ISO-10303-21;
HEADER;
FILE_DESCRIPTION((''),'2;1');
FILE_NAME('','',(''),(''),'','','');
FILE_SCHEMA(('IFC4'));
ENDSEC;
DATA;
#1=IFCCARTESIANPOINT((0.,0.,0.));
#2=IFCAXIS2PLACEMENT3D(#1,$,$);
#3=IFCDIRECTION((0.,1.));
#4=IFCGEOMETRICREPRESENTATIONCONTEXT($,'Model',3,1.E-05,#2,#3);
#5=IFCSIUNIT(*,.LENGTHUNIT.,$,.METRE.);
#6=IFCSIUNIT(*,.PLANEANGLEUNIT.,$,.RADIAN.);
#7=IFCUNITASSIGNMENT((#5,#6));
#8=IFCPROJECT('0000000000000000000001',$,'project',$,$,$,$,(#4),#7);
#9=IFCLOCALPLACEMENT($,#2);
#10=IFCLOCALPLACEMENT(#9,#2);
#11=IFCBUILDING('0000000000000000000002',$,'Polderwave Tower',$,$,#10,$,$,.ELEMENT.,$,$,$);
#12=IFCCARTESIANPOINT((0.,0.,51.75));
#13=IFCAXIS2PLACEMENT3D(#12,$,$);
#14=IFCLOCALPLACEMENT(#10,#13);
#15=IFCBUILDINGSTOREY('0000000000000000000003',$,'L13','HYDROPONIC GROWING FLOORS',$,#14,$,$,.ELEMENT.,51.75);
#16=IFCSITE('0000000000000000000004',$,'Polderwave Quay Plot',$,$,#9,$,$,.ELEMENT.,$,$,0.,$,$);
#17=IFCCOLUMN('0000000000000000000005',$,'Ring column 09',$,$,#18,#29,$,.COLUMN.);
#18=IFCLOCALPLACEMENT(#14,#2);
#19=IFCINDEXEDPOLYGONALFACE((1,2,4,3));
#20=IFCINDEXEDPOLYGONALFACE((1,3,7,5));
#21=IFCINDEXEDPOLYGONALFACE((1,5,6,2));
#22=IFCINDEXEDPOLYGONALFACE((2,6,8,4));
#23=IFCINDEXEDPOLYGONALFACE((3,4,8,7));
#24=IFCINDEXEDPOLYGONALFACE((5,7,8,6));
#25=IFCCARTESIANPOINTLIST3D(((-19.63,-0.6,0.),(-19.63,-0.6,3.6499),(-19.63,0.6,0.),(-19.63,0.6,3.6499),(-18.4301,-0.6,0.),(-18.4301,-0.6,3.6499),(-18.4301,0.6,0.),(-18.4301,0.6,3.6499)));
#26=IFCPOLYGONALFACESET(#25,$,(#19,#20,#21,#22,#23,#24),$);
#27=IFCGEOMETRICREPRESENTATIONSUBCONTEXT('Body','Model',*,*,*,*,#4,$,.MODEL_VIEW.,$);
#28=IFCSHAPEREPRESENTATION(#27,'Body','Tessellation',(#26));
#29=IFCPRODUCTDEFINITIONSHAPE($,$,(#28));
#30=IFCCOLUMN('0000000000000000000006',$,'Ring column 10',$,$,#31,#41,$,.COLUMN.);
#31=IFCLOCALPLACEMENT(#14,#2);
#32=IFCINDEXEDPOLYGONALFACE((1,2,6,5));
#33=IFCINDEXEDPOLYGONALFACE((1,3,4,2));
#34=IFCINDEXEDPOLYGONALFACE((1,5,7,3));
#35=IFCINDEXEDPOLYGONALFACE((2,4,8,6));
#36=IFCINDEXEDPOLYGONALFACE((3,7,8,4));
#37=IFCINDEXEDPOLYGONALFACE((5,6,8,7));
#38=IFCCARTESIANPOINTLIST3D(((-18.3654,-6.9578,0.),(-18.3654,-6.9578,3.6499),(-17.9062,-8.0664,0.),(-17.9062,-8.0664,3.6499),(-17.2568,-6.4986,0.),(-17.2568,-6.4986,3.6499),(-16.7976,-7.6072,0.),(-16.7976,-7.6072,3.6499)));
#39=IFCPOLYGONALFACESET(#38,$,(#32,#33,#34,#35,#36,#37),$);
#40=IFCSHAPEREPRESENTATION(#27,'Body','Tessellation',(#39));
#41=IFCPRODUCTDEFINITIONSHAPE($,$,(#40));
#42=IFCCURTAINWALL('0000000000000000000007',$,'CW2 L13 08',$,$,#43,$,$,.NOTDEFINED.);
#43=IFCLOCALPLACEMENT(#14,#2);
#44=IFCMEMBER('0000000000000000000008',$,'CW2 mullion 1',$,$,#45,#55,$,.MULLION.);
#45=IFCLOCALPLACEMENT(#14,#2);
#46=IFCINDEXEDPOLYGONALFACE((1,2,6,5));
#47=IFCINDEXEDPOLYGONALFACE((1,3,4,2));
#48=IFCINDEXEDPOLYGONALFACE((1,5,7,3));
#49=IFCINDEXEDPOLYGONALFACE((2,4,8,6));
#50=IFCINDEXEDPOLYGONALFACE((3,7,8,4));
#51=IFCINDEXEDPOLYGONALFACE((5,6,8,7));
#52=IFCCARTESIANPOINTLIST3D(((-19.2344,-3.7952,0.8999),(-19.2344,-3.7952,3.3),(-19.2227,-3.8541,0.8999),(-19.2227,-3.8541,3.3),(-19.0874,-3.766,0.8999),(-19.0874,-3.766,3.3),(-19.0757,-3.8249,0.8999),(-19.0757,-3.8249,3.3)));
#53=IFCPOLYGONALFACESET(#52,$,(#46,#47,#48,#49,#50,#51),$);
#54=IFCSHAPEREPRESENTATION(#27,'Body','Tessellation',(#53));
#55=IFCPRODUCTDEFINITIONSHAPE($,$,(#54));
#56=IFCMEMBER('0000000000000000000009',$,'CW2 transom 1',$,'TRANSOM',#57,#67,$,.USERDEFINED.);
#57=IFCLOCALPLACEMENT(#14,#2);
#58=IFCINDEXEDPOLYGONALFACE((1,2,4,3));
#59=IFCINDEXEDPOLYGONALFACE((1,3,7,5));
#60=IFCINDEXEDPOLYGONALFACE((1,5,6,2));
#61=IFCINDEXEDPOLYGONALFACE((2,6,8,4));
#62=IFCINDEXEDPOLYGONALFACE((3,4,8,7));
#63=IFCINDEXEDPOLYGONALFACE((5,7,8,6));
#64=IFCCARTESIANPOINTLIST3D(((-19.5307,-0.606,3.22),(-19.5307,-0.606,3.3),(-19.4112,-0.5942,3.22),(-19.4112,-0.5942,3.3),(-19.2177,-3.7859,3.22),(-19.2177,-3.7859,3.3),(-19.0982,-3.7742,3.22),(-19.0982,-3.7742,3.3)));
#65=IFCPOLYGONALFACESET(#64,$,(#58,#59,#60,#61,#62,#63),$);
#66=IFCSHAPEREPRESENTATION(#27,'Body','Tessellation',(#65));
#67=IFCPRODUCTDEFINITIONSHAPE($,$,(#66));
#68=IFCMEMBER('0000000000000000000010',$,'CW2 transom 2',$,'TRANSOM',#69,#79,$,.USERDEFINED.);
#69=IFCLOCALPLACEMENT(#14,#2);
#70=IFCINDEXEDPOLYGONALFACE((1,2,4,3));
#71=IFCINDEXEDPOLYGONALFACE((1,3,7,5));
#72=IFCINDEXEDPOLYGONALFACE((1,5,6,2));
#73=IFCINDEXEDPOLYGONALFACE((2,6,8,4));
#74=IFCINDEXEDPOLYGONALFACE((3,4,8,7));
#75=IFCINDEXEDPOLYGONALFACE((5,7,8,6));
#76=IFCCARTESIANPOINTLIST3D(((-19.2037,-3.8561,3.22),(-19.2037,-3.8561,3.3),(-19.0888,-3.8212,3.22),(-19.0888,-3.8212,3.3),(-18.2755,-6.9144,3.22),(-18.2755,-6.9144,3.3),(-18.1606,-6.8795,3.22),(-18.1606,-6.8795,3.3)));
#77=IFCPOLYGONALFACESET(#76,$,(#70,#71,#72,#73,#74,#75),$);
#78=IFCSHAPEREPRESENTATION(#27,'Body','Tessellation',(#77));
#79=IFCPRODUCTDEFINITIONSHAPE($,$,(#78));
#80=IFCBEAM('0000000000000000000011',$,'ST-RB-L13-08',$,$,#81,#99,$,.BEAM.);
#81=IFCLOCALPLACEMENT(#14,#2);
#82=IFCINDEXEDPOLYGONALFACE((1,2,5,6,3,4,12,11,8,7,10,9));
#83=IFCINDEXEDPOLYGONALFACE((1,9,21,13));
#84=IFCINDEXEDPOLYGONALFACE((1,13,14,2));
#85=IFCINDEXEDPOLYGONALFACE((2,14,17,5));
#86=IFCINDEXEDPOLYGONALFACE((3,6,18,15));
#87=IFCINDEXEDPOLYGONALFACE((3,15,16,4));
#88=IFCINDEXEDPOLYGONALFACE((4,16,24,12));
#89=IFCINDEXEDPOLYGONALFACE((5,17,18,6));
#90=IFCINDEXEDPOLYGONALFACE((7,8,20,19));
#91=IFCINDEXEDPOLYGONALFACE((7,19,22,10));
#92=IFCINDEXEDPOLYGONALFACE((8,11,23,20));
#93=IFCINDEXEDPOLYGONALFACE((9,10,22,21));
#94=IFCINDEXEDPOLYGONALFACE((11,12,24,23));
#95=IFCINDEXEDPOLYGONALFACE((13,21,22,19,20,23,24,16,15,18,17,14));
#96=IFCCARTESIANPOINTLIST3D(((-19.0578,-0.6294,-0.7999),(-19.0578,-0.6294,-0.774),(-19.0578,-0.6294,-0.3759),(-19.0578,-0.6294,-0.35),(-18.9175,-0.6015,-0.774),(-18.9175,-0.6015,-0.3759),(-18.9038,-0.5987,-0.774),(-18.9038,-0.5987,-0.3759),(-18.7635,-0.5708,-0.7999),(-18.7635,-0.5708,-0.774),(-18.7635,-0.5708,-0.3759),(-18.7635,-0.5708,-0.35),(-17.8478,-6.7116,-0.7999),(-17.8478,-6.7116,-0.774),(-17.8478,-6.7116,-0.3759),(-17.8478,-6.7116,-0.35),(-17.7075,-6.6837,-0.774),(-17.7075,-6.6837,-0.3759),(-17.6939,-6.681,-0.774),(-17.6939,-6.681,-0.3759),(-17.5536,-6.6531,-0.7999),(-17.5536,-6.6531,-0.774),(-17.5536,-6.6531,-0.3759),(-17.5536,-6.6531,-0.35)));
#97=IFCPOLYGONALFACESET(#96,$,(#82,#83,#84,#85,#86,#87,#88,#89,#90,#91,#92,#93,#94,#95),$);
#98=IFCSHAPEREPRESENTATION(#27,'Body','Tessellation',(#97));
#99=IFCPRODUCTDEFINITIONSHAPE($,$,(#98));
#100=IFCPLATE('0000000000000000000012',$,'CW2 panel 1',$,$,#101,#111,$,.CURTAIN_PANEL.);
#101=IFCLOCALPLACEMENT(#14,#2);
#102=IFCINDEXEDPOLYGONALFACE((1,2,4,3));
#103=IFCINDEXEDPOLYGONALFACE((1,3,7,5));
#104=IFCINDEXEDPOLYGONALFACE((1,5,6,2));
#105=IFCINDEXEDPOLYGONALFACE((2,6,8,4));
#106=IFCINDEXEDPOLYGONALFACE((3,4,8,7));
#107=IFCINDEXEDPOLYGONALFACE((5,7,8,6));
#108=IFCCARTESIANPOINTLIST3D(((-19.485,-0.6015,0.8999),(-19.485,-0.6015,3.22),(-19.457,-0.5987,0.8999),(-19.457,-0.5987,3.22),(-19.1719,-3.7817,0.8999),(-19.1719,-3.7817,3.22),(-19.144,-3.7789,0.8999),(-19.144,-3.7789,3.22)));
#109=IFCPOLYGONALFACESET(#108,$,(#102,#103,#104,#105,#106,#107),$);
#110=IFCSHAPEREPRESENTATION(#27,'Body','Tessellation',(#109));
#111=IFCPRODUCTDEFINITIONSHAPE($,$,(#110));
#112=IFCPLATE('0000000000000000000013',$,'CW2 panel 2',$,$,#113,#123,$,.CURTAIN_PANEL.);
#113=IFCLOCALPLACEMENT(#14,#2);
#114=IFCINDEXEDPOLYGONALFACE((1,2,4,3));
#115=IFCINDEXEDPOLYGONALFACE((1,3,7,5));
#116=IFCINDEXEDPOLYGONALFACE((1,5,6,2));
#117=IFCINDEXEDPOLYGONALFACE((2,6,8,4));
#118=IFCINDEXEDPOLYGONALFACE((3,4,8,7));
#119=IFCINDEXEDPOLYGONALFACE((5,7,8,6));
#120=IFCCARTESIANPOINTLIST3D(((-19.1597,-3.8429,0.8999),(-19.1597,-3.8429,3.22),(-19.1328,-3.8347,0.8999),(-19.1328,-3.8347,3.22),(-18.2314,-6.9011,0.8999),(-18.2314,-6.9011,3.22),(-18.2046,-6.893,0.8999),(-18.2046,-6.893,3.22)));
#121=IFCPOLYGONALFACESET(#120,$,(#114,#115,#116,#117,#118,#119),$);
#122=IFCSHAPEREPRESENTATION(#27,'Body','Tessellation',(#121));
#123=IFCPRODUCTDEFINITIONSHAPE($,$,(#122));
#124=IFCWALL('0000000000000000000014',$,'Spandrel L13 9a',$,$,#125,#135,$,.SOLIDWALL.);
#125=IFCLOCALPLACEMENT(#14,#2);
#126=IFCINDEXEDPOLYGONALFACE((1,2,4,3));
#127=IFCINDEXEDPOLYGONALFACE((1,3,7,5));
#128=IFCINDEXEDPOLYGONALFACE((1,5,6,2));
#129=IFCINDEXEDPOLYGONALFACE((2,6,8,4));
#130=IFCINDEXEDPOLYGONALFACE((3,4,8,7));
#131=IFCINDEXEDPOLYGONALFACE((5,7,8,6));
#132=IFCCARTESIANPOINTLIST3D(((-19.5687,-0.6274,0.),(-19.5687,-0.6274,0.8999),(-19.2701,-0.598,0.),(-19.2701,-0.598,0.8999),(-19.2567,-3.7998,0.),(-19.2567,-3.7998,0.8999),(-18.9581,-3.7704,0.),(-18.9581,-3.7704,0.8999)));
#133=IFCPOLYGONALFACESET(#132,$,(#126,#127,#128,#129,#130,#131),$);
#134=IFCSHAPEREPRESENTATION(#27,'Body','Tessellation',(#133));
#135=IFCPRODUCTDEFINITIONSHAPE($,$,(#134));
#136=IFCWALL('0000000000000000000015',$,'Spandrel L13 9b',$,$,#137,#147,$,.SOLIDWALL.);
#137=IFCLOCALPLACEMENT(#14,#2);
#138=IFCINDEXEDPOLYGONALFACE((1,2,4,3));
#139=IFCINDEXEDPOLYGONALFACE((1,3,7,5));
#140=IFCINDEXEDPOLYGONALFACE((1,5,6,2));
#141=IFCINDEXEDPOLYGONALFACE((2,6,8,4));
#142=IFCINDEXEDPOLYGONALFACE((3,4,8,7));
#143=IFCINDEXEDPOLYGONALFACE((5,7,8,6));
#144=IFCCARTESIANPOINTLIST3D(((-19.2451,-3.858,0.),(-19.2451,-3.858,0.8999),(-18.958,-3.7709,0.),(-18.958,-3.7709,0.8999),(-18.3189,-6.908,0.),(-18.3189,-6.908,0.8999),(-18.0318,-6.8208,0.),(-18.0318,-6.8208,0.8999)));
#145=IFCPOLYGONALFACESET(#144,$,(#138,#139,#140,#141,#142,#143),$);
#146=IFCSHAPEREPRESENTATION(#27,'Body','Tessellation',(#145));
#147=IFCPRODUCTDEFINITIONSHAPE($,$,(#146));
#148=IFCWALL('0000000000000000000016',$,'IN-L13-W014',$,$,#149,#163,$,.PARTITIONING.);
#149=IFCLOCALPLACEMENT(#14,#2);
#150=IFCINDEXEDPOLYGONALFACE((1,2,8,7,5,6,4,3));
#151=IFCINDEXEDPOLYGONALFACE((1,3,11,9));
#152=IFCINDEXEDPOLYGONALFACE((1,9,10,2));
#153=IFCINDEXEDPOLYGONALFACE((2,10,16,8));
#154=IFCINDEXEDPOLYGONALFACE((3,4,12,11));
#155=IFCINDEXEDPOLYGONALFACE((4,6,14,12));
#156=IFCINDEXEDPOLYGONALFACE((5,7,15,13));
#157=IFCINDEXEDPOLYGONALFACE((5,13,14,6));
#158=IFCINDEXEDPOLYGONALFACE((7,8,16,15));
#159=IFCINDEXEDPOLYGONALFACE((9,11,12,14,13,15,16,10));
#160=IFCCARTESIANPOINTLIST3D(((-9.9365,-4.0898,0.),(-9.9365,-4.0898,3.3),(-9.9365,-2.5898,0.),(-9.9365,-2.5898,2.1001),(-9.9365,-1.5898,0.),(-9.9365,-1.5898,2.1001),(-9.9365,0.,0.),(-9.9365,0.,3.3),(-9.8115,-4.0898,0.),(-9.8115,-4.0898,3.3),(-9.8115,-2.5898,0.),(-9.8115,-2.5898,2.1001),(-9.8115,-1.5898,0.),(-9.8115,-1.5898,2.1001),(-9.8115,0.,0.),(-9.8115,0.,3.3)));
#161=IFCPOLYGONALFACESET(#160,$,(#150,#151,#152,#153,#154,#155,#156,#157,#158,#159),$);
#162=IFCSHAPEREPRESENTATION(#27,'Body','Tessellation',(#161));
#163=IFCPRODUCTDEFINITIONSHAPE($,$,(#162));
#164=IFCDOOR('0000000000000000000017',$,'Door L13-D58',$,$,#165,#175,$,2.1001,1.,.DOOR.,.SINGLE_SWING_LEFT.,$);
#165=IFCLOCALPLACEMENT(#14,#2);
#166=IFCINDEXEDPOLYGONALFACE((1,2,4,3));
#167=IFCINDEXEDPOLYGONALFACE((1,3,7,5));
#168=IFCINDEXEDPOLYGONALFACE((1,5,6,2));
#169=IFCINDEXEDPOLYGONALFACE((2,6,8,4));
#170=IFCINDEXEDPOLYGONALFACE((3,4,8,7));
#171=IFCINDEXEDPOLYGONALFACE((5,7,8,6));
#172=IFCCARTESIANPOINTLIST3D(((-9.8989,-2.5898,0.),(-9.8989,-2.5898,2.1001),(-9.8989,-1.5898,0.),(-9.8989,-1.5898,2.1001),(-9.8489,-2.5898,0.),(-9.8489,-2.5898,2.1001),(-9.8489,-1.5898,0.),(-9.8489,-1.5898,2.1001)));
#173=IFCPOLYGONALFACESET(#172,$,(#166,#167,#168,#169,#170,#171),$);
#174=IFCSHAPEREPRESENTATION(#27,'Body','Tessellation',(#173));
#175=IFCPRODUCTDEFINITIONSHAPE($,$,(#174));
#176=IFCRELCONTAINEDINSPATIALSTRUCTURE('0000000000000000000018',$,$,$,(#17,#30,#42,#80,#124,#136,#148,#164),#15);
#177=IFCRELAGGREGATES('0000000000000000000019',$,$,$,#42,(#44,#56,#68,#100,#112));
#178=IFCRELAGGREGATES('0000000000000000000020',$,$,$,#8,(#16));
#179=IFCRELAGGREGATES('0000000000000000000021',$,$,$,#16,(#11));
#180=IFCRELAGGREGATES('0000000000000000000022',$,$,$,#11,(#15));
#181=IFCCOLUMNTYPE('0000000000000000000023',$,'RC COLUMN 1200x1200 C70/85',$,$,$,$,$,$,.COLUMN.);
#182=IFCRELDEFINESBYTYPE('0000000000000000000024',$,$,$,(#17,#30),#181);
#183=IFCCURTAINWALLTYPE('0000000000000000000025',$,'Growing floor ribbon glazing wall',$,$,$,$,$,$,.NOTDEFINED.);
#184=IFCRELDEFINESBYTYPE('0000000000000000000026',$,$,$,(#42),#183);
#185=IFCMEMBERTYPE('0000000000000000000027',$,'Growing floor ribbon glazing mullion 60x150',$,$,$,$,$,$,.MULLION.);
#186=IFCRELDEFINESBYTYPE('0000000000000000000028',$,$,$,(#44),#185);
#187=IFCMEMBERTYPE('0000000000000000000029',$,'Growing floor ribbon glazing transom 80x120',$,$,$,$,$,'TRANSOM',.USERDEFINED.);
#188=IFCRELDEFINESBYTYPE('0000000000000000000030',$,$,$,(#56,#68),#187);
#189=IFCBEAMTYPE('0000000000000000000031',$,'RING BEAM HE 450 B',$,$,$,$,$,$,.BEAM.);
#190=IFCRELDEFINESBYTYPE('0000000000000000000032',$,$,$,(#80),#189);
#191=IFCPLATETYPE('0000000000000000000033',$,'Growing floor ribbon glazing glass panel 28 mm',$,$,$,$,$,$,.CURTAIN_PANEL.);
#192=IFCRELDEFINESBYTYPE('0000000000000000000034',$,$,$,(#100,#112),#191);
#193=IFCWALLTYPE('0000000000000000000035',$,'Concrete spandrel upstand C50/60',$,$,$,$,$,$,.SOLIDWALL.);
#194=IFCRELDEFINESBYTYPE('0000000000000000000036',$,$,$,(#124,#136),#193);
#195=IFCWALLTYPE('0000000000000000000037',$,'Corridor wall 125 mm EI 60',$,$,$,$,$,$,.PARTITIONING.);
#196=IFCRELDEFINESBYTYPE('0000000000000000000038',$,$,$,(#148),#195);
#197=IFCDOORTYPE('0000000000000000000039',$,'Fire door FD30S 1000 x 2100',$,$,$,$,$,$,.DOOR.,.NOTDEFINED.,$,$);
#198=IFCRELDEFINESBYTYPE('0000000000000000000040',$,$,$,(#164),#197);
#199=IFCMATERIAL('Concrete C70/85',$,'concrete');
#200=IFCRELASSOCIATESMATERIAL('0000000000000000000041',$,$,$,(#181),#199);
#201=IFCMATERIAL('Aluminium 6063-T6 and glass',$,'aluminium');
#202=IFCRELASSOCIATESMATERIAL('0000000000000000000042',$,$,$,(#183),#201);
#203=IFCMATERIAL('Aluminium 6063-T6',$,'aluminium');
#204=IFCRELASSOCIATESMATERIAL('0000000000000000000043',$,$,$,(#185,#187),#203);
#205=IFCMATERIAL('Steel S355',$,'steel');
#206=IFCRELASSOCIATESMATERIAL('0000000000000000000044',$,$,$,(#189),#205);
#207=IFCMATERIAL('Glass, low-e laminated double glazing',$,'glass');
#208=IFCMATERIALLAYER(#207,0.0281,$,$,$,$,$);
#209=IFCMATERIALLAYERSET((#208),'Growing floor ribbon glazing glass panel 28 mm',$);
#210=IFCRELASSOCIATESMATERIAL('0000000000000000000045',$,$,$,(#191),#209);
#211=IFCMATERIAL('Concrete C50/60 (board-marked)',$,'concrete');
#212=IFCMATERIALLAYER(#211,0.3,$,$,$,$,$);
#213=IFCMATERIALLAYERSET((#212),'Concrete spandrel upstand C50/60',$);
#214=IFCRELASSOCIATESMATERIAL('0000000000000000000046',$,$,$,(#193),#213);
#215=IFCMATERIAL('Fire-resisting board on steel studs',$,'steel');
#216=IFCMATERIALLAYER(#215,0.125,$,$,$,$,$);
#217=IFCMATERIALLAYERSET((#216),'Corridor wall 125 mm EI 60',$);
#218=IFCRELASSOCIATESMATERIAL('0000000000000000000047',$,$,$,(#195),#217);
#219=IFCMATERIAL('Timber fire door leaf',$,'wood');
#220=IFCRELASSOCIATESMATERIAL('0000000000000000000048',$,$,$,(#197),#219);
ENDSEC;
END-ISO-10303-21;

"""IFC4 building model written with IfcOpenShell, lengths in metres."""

from ifc_helpers import new_model, si_unit, direction, frame, frame_2d, origin, origin_2d, place, context, subcontext, project, spatial, rectangle, i_section, extrude, material, layer, layer_set, material_profile, profile_set, type_object, element, fill, aggregate, save


model = new_model("IFC4")

# Units and contexts
model_context = context("Model", 3, precision=1e-05, world=origin(), true_north=direction((0.0, 1.0)))
body_context = subcontext(model_context, "Body", "Model", "MODEL_VIEW")
ifc_project = project(units=[si_unit("LENGTHUNIT", "METRE"), si_unit("PLANEANGLEUNIT", "RADIAN")], contexts=[model_context])

# Site, building, storey
site_placement = place(None, origin())
site = spatial("IfcSite", under=ifc_project, at=site_placement, Name="Polderwave Quay Plot", CompositionType="ELEMENT", RefElevation=0.0)
building_placement = place(site_placement, origin())
building = spatial("IfcBuilding", under=site, at=building_placement, Name="Polderwave Tower", CompositionType="ELEMENT")
storey_placement = place(building_placement, frame((0.0, 0.0, 51.75)))
storey = spatial("IfcBuildingStorey", under=building, at=storey_placement, Name="L13", Description="HYDROPONIC GROWING FLOORS", CompositionType="ELEMENT", Elevation=51.75)

# Columns
ifc_material_1 = material(Name="Concrete C70/85", Category="concrete")
ifc_material_profile_1 = material_profile(ifc_material_1, rectangle(XDim=1.2, YDim=1.2, at=origin_2d()), Name="RC 1200x1200")
ifc_profile_set_1 = profile_set([ifc_material_profile_1], Name="Concrete C70/85")
column_type = type_object("IfcColumnType", Name="RC COLUMN 1200x1200 C70/85", PredefinedType="COLUMN", material=ifc_profile_set_1)
for number, where, z_axis, x_axis, name in (
    (1, (-19.03, 0.0, 0.0), (0.0, 0.0, 1.0), (-1.0, 0.0, 0.0), "Ring column 09"),
    (2, (-17.5815, -7.2825, 0.0), (0.0, 0.0, 1.0), (-0.92388, -0.382683, 0.0), "Ring column 10"),
):
    element("IfcColumn", number, at=place(storey_placement, frame(where, z_axis=z_axis, x_axis=x_axis)), inside=storey, type_object=column_type, Name=name, PredefinedType="COLUMN", context=body_context, shape_type="SweptSolid", body=[
        extrude(rectangle(XDim=1.2, YDim=1.2, at=origin_2d()), origin(), (0.0, 0.0, 1.0), 3.6499),
    ])

# Curtain wall, members
ifc_material_2 = material(Name="Aluminium 6063-T6 and glass", Category="aluminium")
curtain_wall_type = type_object("IfcCurtainWallType", Name="Growing floor ribbon glazing wall", PredefinedType="NOTDEFINED", material=ifc_material_2)
curtain_wall_placement = place(storey_placement, origin())
curtain_wall = element("IfcCurtainWall", 3, at=curtain_wall_placement, inside=storey, type_object=curtain_wall_type, Name="CW2 L13 08", PredefinedType="NOTDEFINED")
ifc_material_3 = material(Name="Aluminium 6063-T6", Category="aluminium")
ifc_material_profile_2 = material_profile(ifc_material_3, rectangle(XDim=0.1499, YDim=0.0601, at=origin_2d()), Name="AL 60x150")
ifc_profile_set_2 = profile_set([ifc_material_profile_2], Name="Aluminium 6063-T6")
member_type_1 = type_object("IfcMemberType", Name="Growing floor ribbon glazing mullion 60x150", PredefinedType="MULLION", material=ifc_profile_set_2)
member_1_placement = place(storey_placement, frame((-19.155, -3.8101, 0.8999), z_axis=(0.0, 0.0, 1.0), x_axis=(0.980774, 0.195149, 0.0)))
member_1 = element("IfcMember", 4, at=member_1_placement, type_object=member_type_1, Name="CW2 mullion 1", PredefinedType="MULLION", context=body_context, shape_type="SweptSolid", body=[
    extrude(rectangle(XDim=0.1499, YDim=0.0601, at=origin_2d()), origin(), (0.0, 0.0, 1.0), 2.4001),
])
ifc_material_profile_3 = material_profile(ifc_material_3, rectangle(XDim=0.1201, YDim=0.0801, at=origin_2d()), Name="AL 80x120")
ifc_profile_set_3 = profile_set([ifc_material_profile_3], Name="Aluminium 6063-T6")
member_type_2 = type_object("IfcMemberType", Name="Growing floor ribbon glazing transom 80x120", ElementType="TRANSOM", PredefinedType="USERDEFINED", material=ifc_profile_set_3)
member_2_placement = place(storey_placement, frame((-19.4709, -0.6001, 3.26), z_axis=(0.097953, -0.995191, 0.0), x_axis=(0.995191, 0.097953, 0.0)))
member_2 = element("IfcMember", 5, at=member_2_placement, type_object=member_type_2, Name="CW2 transom 1", ObjectType="TRANSOM", PredefinedType="USERDEFINED", context=body_context, shape_type="SweptSolid", body=[
    extrude(rectangle(XDim=0.1201, YDim=0.0801, at=origin_2d()), origin(), (0.0, 0.0, 1.0), 3.1953),
])
member_3_placement = place(storey_placement, frame((-19.1462, -3.8386, 3.26), z_axis=(0.290423, -0.956898, 0.0), x_axis=(0.956898, 0.290423, 0.0)))
member_3 = element("IfcMember", 6, at=member_3_placement, type_object=member_type_2, Name="CW2 transom 2", ObjectType="TRANSOM", PredefinedType="USERDEFINED", context=body_context, shape_type="SweptSolid", body=[
    extrude(rectangle(XDim=0.1201, YDim=0.0801, at=origin_2d()), origin(), (0.0, 0.0, 1.0), 3.196),
])

# Beam
ifc_material_4 = material(Name="Steel S355", Category="steel")
ifc_material_profile_4 = material_profile(ifc_material_4, i_section(OverallWidth=0.3, OverallDepth=0.45, WebThickness=0.0139, FlangeThickness=0.0259, at=origin_2d()), Name="HE 450 B")
ifc_profile_set_4 = profile_set([ifc_material_profile_4], Name="Steel S355")
beam_type = type_object("IfcBeamType", Name="RING BEAM HE 450 B", PredefinedType="BEAM", material=ifc_profile_set_4)
beam_placement = place(storey_placement, frame((-18.9106, -0.6001, -0.575), z_axis=(0.195109, -0.980782, 0.0), x_axis=(0.980782, 0.195109, 0.0)))
element("IfcBeam", 7, at=beam_placement, inside=storey, type_object=beam_type, Name="ST-RB-L13-08", PredefinedType="BEAM", context=body_context, shape_type="SweptSolid", body=[
    extrude(i_section(OverallWidth=0.3, OverallDepth=0.45, WebThickness=0.0139, FlangeThickness=0.0259, at=origin_2d()), origin(), (0.0, 0.0, 1.0), 6.2014),
])

# Plates
ifc_material_5 = material(Name="Glass, low-e laminated double glazing", Category="glass")
ifc_layer_1 = layer(ifc_material_5, 0.0281)
ifc_layer_set_1 = layer_set([ifc_layer_1], Name="Growing floor ribbon glazing glass panel 28 mm")
plate_type = type_object("IfcPlateType", Name="Growing floor ribbon glazing glass panel 28 mm", PredefinedType="CURTAIN_PANEL", material=ifc_layer_set_1)
plate_1_placement = place(storey_placement, frame((-19.3145, -2.1902, 0.8999), z_axis=(0.0, 0.0, 1.0), x_axis=(0.097969, -0.99519, 0.0)))
plate_1 = element("IfcPlate", 8, at=plate_1_placement, type_object=plate_type, Name="CW2 panel 1", PredefinedType="CURTAIN_PANEL", context=body_context, shape_type="SweptSolid", body=[
    extrude(rectangle(XDim=3.1956, YDim=0.0281, at=origin_2d()), origin(), (0.0, 0.0, 1.0), 2.3201),
])
plate_2_placement = place(storey_placement, frame((-18.6821, -5.3679, 0.8999), z_axis=(0.0, 0.0, 1.0), x_axis=(0.290447, -0.956891, 0.0)))
plate_2 = element("IfcPlate", 9, at=plate_2_placement, type_object=plate_type, Name="CW2 panel 2", PredefinedType="CURTAIN_PANEL", context=body_context, shape_type="SweptSolid", body=[
    extrude(rectangle(XDim=3.196, YDim=0.0281, at=origin_2d()), origin(), (0.0, 0.0, 1.0), 2.3201),
])
aggregate(curtain_wall, [member_1, member_2, member_3, plate_1, plate_2])

# Walls
ifc_material_6 = material(Name="Concrete C50/60 (board-marked)", Category="concrete")
ifc_layer_2 = layer(ifc_material_6, 0.3)
ifc_layer_set_2 = layer_set([ifc_layer_2], Name="Concrete spandrel upstand C50/60")
wall_type_1 = type_object("IfcWallType", Name="Concrete spandrel upstand C50/60", PredefinedType="SOLIDWALL", material=ifc_layer_set_2)
wall_1_placement = place(storey_placement, frame((-19.4194, -0.6128, 0.0), z_axis=(0.0, 0.0, 1.0), x_axis=(0.097881, -0.995198, 0.0)))
element("IfcWall", 10, at=wall_1_placement, inside=storey, type_object=wall_type_1, Name="Spandrel L13 9a", PredefinedType="SOLIDWALL", context=body_context, shape_type="SweptSolid", body=[
    extrude(rectangle(XDim=3.1877, YDim=0.3, at=frame_2d((1.5938, 0.0))), origin(), (0.0, 0.0, 1.0), 0.8999),
])
wall_2_placement = place(storey_placement, frame((-19.1016, -3.8145, 0.0), z_axis=(0.0, 0.0, 1.0), x_axis=(0.290586, -0.956849, 0.0)))
element("IfcWall", 11, at=wall_2_placement, inside=storey, type_object=wall_type_1, Name="Spandrel L13 9b", PredefinedType="SOLIDWALL", context=body_context, shape_type="SweptSolid", body=[
    extrude(rectangle(XDim=3.1875, YDim=0.3, at=frame_2d((1.5938, 0.0))), origin(), (0.0, 0.0, 1.0), 0.8999),
])

# Wall, opening, door
ifc_material_7 = material(Name="Fire-resisting board on steel studs", Category="steel")
ifc_layer_3 = layer(ifc_material_7, 0.125)
ifc_layer_set_3 = layer_set([ifc_layer_3], Name="Corridor wall 125 mm EI 60")
wall_type_2 = type_object("IfcWallType", Name="Corridor wall 125 mm EI 60", PredefinedType="PARTITIONING", material=ifc_layer_set_3)
wall_3_placement = place(storey_placement, frame((-9.874, -4.0898, 0.0), z_axis=(0.0, 0.0, 1.0), x_axis=(0.0, 1.0, 0.0)))
wall_3 = element("IfcWall", 12, at=wall_3_placement, inside=storey, type_object=wall_type_2, Name="IN-L13-W014", PredefinedType="PARTITIONING", context=body_context, shape_type="SweptSolid", body=[
    extrude(rectangle(XDim=4.0898, YDim=0.125, at=frame_2d((2.0449, 0.0))), origin(), (0.0, 0.0, 1.0), 3.3),
])
opening_1_placement = place(wall_3_placement, frame((1.5, 0.0, 0.0)))
opening_1 = element("IfcOpeningElement", 13, at=opening_1_placement, cuts=wall_3, PredefinedType="OPENING", context=body_context, shape_type="SweptSolid", body=[
    extrude(rectangle(XDim=1.0, YDim=2.1001, at=frame_2d((0.5, 1.05))), frame((0.0, 0.0725, 0.0), z_axis=(0.0, -1.0, 0.0), x_axis=(1.0, 0.0, 0.0)), (0.0, 0.0, 1.0), 0.145),
])
ifc_material_8 = material(Name="Timber fire door leaf", Category="wood")
door_type_1 = type_object("IfcDoorType", Name="Fire door FD30S 1000 x 2100", OperationType="NOTDEFINED", PredefinedType="DOOR", material=ifc_material_8)
door_1_placement = place(opening_1_placement, origin())
door_1 = element("IfcDoor", 14, at=door_1_placement, inside=storey, type_object=door_type_1, Name="Door L13-D58", OperationType="SINGLE_SWING_LEFT", OverallHeight=2.1001, OverallWidth=1.0, PredefinedType="DOOR", context=body_context, shape_type="SweptSolid", body=[
    extrude(rectangle(XDim=1.0, YDim=2.1001, at=frame_2d((0.5, 1.05))), frame((0.0, 0.0249, 0.0), z_axis=(0.0, -1.0, 0.0), x_axis=(1.0, 0.0, 0.0)), (0.0, 0.0, 1.0), 0.05),
])
fill(opening_1, door_1)

save(model, "model.ifc")
